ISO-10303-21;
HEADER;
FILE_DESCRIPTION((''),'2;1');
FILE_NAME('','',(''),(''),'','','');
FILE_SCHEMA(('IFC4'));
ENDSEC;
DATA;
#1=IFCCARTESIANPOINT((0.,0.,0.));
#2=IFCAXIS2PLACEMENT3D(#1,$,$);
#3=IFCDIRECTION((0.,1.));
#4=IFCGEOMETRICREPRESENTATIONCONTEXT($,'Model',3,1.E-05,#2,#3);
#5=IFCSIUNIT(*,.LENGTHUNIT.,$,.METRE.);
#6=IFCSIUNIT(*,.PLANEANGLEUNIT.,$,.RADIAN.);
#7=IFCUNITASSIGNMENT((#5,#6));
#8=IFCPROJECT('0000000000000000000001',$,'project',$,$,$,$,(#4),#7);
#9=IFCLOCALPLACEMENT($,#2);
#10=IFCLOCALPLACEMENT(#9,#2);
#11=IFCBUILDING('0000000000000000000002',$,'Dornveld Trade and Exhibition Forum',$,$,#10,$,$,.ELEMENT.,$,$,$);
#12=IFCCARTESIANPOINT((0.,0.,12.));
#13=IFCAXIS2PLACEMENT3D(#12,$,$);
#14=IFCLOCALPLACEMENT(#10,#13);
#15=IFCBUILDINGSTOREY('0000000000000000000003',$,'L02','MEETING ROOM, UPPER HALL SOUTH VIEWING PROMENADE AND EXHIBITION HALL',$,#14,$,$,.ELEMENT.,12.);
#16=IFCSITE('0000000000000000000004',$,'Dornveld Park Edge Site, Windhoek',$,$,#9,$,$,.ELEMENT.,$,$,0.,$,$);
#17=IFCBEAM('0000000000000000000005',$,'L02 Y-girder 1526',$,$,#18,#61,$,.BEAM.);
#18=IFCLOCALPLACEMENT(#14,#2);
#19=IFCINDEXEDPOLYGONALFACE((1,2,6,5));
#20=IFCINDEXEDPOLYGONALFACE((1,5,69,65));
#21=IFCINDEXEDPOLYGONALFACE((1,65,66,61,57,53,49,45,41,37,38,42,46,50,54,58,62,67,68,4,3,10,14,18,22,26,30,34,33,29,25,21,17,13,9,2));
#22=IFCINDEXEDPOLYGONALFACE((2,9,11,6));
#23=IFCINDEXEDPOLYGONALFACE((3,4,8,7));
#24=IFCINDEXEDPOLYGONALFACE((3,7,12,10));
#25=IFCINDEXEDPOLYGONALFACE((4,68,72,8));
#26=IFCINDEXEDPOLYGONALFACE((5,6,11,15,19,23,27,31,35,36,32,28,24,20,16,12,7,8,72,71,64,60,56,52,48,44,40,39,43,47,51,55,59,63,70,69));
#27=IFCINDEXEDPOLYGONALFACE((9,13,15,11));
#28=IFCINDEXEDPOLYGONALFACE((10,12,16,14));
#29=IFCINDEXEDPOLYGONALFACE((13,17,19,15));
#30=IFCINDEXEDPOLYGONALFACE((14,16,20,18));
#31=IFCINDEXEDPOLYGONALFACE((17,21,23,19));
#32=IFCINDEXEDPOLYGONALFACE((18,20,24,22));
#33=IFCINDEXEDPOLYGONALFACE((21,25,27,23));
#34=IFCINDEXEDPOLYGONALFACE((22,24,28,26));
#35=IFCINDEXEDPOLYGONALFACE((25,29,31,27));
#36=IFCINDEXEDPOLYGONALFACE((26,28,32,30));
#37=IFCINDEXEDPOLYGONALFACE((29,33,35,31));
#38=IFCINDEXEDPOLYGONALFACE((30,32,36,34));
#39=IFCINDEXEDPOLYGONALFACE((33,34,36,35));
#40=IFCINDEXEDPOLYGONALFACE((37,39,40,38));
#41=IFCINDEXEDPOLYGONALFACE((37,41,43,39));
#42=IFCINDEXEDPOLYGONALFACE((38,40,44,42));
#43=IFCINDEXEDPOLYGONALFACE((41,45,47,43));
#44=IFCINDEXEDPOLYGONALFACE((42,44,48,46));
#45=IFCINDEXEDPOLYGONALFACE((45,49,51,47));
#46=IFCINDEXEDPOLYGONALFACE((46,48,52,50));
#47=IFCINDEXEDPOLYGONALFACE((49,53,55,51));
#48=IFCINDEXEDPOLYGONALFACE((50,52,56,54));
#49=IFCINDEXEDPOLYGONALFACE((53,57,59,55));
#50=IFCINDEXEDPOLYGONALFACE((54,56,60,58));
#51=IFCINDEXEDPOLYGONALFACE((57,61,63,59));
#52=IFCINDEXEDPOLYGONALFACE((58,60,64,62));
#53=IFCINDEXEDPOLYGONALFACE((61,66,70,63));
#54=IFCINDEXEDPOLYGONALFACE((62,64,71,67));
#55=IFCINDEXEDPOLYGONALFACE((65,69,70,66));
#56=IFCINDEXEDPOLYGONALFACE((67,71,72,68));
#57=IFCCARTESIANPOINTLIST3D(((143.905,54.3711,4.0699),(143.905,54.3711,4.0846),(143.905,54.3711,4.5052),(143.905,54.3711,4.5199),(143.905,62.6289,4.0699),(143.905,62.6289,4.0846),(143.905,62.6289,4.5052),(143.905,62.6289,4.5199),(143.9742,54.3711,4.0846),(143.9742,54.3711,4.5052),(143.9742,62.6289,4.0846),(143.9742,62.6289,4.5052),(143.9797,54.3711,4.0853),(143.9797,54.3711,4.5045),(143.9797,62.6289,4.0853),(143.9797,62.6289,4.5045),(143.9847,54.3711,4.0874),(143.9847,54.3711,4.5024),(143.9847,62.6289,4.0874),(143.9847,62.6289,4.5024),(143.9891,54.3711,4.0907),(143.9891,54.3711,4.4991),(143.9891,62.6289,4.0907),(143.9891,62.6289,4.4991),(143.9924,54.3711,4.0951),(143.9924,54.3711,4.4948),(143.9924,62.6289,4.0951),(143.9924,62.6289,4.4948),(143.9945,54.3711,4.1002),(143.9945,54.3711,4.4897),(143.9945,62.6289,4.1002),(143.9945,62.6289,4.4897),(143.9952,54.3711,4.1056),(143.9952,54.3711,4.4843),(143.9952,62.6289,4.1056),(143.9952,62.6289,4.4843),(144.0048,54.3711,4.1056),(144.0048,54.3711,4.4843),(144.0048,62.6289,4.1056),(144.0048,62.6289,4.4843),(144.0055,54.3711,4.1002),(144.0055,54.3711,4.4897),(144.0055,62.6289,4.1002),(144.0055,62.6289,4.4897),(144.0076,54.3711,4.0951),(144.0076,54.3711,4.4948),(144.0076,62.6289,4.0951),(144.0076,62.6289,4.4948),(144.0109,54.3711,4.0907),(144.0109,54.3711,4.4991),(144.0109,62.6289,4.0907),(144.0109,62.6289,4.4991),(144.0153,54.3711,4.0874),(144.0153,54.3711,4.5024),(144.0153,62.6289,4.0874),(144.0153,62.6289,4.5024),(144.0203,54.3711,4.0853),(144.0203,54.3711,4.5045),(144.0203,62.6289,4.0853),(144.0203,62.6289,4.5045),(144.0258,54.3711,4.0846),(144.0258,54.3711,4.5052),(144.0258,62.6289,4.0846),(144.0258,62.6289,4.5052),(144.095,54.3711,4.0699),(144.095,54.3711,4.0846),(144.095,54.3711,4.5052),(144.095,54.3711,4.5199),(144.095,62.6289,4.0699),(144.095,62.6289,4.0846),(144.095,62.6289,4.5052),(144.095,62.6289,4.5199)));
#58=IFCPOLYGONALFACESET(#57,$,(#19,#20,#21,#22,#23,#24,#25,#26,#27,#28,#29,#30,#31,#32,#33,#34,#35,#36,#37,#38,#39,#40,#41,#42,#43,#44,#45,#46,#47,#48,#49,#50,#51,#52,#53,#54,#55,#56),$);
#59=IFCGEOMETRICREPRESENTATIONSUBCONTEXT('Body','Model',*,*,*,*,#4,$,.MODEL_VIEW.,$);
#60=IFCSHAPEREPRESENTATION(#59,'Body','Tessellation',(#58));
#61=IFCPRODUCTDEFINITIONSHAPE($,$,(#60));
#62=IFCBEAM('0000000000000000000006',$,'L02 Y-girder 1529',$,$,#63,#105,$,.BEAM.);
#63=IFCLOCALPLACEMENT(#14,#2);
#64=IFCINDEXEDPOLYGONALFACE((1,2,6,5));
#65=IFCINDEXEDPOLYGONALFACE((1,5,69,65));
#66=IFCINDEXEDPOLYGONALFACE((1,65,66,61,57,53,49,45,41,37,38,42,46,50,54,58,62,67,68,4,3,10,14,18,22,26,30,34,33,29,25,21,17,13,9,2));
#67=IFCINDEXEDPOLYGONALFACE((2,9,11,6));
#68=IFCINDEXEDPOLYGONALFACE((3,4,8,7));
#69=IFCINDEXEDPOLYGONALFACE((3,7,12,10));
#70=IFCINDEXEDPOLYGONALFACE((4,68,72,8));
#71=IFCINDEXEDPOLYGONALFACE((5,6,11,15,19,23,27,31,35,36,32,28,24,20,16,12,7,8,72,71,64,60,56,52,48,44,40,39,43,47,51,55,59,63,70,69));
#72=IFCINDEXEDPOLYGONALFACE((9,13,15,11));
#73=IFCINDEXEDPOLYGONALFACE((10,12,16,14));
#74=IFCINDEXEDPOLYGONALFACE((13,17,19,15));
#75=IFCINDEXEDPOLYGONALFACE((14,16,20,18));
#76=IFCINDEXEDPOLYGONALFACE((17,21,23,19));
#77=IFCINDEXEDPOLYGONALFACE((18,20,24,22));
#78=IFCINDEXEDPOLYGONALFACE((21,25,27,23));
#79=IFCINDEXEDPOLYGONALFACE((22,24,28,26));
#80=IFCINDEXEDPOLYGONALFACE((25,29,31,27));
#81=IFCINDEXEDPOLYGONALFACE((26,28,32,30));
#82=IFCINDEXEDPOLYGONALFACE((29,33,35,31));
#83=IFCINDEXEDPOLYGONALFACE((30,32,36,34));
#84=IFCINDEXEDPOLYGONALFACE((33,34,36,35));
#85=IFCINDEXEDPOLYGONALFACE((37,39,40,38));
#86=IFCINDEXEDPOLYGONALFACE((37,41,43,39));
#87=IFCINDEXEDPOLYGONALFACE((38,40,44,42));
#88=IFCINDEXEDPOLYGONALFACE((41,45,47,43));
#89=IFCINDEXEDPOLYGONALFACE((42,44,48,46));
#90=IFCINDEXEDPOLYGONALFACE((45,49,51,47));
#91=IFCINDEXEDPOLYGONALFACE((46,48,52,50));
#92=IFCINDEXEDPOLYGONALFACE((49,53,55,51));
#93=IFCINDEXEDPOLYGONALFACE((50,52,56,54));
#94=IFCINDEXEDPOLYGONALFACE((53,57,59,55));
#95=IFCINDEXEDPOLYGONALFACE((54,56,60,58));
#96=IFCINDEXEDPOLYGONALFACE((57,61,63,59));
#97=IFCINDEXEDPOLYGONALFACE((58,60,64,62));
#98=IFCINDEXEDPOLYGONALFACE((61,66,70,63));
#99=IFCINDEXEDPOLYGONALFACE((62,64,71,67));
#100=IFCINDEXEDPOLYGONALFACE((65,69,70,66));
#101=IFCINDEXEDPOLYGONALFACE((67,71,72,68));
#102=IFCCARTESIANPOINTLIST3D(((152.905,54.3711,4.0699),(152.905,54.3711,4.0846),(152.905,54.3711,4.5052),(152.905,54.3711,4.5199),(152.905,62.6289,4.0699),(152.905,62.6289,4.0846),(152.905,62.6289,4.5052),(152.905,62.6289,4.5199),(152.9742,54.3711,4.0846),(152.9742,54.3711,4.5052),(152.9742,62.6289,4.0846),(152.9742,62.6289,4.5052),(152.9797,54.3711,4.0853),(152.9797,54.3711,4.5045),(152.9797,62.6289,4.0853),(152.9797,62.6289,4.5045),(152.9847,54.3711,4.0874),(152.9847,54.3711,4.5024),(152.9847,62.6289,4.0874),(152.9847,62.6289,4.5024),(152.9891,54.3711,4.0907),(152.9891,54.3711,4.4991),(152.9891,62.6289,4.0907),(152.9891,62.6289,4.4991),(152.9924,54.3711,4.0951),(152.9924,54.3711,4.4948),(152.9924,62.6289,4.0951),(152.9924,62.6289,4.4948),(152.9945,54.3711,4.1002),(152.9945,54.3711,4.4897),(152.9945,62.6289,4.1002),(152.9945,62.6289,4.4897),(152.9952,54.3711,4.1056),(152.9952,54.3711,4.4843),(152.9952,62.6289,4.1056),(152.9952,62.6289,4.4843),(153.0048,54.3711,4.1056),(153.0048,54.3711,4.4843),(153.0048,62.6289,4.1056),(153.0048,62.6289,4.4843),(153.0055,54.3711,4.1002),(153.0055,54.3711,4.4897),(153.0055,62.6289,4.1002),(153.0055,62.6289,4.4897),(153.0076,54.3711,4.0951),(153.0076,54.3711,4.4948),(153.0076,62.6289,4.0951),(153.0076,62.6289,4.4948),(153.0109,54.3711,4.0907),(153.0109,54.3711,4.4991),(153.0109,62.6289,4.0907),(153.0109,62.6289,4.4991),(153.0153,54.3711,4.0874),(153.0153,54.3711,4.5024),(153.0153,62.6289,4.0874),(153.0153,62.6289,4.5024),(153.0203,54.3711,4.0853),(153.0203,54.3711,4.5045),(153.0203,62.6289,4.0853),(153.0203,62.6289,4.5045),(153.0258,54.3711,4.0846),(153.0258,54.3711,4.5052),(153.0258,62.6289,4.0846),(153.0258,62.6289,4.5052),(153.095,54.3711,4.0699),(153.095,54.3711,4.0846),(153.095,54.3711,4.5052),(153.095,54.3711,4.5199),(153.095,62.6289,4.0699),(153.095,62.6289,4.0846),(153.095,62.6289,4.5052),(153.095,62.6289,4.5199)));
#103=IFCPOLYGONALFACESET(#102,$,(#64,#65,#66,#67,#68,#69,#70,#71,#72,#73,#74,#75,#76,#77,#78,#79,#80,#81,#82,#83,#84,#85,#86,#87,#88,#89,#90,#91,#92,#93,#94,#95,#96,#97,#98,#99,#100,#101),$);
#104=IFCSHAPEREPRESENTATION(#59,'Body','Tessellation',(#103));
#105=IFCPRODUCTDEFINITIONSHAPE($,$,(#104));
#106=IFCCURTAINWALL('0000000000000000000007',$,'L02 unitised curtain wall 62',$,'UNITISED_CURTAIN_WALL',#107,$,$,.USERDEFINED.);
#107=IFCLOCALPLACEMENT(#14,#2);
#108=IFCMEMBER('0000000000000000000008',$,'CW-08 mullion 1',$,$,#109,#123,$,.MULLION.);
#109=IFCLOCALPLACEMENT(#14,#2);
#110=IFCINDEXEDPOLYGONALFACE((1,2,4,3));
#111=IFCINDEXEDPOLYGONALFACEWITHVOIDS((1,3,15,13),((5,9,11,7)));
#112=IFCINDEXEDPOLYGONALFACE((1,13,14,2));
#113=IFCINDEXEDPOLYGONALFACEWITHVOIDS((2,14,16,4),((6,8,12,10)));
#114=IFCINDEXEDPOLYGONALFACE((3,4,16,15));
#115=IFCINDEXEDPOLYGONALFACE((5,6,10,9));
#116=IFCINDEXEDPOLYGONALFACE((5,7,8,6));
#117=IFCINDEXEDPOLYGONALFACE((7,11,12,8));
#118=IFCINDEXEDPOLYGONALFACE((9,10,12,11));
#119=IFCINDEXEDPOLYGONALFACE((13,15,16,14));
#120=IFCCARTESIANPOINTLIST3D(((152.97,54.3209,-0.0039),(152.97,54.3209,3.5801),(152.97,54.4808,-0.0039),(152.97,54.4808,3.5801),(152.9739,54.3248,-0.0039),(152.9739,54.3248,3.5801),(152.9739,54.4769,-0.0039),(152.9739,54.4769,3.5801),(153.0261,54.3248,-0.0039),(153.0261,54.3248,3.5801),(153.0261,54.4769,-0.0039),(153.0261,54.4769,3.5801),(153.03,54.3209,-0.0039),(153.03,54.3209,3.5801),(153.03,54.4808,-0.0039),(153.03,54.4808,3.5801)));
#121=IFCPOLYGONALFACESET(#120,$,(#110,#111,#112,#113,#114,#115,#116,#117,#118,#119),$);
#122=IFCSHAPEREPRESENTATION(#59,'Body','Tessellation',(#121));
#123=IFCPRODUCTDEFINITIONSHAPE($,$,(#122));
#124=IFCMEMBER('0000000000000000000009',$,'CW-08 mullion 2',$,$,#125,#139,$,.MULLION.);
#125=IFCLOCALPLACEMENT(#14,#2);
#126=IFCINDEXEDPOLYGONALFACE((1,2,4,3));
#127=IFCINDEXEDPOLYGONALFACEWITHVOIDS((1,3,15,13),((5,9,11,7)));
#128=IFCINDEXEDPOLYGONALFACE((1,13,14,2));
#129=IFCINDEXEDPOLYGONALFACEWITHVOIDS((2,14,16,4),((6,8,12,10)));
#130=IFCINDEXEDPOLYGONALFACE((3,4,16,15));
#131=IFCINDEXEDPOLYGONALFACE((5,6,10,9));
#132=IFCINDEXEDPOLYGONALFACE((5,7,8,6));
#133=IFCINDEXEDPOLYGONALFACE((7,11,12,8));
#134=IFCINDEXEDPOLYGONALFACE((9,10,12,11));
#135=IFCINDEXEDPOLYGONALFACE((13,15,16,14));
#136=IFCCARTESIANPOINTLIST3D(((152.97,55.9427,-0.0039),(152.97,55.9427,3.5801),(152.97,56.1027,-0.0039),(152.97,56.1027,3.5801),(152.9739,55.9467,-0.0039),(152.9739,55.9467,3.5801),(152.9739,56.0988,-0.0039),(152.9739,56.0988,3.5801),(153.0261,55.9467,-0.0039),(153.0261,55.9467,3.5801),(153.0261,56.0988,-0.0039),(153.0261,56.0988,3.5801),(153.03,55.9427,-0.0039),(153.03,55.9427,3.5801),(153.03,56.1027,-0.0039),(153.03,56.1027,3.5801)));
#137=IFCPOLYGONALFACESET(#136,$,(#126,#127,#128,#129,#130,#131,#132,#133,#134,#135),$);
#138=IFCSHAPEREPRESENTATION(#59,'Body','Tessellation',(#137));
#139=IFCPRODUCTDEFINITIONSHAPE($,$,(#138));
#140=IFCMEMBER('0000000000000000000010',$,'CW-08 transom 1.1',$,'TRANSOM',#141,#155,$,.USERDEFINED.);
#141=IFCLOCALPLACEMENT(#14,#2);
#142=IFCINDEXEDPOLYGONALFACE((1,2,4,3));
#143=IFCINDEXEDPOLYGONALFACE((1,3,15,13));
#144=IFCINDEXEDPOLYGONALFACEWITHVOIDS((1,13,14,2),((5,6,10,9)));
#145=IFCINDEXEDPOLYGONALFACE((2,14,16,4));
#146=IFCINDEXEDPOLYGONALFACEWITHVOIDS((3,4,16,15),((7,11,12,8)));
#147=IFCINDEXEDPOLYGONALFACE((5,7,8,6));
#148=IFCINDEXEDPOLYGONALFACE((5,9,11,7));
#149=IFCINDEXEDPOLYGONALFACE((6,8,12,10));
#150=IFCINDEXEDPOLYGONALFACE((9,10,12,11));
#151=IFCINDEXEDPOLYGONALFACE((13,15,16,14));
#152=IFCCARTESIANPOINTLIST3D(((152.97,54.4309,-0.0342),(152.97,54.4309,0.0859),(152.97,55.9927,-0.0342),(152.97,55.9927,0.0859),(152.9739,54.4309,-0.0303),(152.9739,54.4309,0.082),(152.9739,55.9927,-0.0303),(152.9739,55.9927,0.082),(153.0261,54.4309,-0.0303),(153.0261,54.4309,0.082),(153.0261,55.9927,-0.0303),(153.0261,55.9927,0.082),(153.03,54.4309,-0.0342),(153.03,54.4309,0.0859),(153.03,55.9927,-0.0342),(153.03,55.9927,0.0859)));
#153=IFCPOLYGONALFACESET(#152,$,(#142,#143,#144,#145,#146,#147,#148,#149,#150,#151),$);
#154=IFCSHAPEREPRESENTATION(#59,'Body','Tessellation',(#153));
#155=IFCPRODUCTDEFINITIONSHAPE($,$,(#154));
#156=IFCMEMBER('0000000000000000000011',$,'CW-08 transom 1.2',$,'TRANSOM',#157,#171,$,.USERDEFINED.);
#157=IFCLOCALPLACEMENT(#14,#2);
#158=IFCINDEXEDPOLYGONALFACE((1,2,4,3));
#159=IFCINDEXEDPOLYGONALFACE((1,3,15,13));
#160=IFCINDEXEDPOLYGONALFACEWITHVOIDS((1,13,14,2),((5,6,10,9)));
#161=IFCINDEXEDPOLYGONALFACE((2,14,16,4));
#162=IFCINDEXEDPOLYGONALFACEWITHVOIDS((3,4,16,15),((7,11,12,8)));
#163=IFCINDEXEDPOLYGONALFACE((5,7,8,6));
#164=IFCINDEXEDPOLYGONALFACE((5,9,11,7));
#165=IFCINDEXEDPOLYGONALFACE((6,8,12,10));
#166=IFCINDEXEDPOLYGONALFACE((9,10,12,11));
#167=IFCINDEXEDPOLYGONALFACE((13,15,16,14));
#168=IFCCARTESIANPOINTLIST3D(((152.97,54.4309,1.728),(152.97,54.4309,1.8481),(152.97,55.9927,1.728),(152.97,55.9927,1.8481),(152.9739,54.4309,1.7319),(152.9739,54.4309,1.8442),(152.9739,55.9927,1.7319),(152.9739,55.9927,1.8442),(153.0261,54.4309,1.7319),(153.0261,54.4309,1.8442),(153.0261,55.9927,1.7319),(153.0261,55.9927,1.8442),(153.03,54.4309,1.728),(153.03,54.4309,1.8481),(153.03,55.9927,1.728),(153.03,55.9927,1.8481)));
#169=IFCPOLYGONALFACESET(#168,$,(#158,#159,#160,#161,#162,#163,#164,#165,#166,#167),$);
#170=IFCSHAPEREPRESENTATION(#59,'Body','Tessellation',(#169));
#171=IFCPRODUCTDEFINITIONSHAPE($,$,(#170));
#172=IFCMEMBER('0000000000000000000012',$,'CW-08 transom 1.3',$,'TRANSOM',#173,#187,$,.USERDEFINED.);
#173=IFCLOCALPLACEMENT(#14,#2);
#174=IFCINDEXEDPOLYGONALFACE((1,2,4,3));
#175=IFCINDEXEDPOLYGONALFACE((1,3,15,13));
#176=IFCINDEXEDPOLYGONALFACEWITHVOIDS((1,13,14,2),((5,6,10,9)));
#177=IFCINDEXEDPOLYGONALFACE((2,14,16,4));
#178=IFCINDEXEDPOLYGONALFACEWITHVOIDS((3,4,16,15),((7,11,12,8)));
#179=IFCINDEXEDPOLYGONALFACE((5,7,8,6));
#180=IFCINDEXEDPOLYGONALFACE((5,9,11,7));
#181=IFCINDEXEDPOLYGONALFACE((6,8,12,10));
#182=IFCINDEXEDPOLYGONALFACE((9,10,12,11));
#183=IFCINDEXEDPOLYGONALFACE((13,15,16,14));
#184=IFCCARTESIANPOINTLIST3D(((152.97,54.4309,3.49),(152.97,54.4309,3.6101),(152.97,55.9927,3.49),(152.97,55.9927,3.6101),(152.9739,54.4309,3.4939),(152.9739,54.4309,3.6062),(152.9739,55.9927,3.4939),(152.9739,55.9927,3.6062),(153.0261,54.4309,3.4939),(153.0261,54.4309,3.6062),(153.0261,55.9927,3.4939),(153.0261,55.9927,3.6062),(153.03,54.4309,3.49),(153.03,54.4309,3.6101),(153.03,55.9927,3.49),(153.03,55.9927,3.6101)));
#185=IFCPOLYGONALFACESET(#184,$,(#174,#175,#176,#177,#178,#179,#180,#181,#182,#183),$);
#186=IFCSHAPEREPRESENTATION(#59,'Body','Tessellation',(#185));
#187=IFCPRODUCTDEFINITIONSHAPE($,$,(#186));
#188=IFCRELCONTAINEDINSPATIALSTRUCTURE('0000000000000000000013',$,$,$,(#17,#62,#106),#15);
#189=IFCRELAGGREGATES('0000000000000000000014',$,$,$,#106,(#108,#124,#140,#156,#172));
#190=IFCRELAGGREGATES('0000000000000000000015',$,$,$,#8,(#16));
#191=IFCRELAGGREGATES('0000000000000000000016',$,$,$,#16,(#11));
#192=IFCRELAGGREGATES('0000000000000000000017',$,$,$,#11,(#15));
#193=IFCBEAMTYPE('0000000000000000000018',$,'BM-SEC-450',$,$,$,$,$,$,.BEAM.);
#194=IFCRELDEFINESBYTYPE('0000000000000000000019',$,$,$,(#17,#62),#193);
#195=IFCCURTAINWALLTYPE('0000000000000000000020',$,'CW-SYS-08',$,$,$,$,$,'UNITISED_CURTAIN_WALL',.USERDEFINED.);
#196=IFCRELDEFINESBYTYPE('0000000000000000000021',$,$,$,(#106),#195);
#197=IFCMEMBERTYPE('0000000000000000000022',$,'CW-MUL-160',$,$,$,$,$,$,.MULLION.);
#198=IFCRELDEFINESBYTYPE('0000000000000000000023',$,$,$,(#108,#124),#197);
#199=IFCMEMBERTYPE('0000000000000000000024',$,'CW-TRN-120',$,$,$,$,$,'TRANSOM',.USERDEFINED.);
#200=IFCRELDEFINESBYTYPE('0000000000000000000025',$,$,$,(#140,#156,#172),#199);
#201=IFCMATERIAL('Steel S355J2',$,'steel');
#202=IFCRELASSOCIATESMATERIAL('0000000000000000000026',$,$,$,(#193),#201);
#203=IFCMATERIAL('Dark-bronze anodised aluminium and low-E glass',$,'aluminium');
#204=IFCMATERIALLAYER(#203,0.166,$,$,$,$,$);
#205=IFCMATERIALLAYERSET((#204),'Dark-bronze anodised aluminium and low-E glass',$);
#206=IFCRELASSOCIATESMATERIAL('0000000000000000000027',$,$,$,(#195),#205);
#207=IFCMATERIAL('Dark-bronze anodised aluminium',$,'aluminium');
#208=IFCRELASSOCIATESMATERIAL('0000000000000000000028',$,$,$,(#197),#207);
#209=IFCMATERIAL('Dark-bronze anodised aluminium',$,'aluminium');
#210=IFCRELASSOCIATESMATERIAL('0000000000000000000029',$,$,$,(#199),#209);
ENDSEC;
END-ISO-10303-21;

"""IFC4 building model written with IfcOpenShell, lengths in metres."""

from ifc_helpers import new_model, si_unit, direction, frame, origin, origin_2d, place, context, subcontext, project, spatial, hollow_rectangle, i_section, extrude, material, layer, layer_set, material_profile, profile_set, type_object, element, aggregate, save


model = new_model("IFC4")

# Units and contexts
model_context = context("Model", 3, precision=1e-05, world=origin(), true_north=direction((0.0, 1.0)))
body_context = subcontext(model_context, "Body", "Model", "MODEL_VIEW")
ifc_project = project(units=[si_unit("LENGTHUNIT", "METRE"), si_unit("PLANEANGLEUNIT", "RADIAN")], contexts=[model_context])

# Site, building, storey
site_placement = place(None, origin())
site = spatial("IfcSite", under=ifc_project, at=site_placement, Name="Dornveld Park Edge Site, Windhoek", CompositionType="ELEMENT", RefElevation=0.0)
building_placement = place(site_placement, origin())
building = spatial("IfcBuilding", under=site, at=building_placement, Name="Dornveld Trade and Exhibition Forum", CompositionType="ELEMENT")
storey_placement = place(building_placement, frame((0.0, 0.0, 12.0)))
storey = spatial("IfcBuildingStorey", under=building, at=storey_placement, Name="L02", Description="MEETING ROOM, UPPER HALL SOUTH VIEWING PROMENADE AND EXHIBITION HALL", CompositionType="ELEMENT", Elevation=12.0)

# Beams
ifc_material_1 = material(Name="Steel S355J2", Category="steel")
ifc_material_profile_1 = material_profile(ifc_material_1, i_section(OverallWidth=0.1899, OverallDepth=0.45, WebThickness=0.0095, FlangeThickness=0.0146, FilletRadius=0.021, at=origin_2d()), Name="IPE 450")
ifc_profile_set_1 = profile_set([ifc_material_profile_1], Name="Steel S355J2")
beam_type_1 = type_object("IfcBeamType", Name="BM-SEC-450", PredefinedType="BEAM", material=ifc_profile_set_1)
for number, where, z_axis, x_axis, name in (
    (1, (144.0, 54.3711, 4.2949), (0.0, 1.0, 0.0), (-1.0, 0.0, 0.0), "L02 Y-girder 1526"),
    (2, (153.0, 54.3711, 4.2949), (0.0, 1.0, 0.0), (-1.0, 0.0, 0.0), "L02 Y-girder 1529"),
):
    element("IfcBeam", number, at=place(storey_placement, frame(where, z_axis=z_axis, x_axis=x_axis)), inside=storey, type_object=beam_type_1, Name=name, PredefinedType="BEAM", context=body_context, shape_type="SweptSolid", body=[
        extrude(i_section(OverallWidth=0.1899, OverallDepth=0.45, WebThickness=0.0095, FlangeThickness=0.0146, FilletRadius=0.021, at=origin_2d()), origin(), (0.0, 0.0, 1.0), 8.2578),
    ])

# Curtain wall, members
ifc_material_2 = material(Name="Dark-bronze anodised aluminium and low-E glass", Category="aluminium")
ifc_layer_1 = layer(ifc_material_2, 0.166)
ifc_layer_set_1 = layer_set([ifc_layer_1], Name="Dark-bronze anodised aluminium and low-E glass")
curtain_wall_type = type_object("IfcCurtainWallType", Name="CW-SYS-08", ElementType="UNITISED_CURTAIN_WALL", PredefinedType="USERDEFINED", material=ifc_layer_set_1)
curtain_wall_placement = place(storey_placement, origin())
curtain_wall = element("IfcCurtainWall", 3, at=curtain_wall_placement, inside=storey, type_object=curtain_wall_type, Name="L02 unitised curtain wall 62", ObjectType="UNITISED_CURTAIN_WALL", PredefinedType="USERDEFINED")
ifc_material_3 = material(Name="Dark-bronze anodised aluminium", Category="aluminium")
ifc_material_profile_2 = material_profile(ifc_material_3, hollow_rectangle(XDim=0.0601, YDim=0.1599, WallThickness=0.0039, at=origin_2d()), Name="RHS 160x60x4")
ifc_profile_set_2 = profile_set([ifc_material_profile_2], Name="Dark-bronze anodised aluminium")
member_type_1 = type_object("IfcMemberType", Name="CW-MUL-160", PredefinedType="MULLION", material=ifc_profile_set_2)
member_1_placement = place(storey_placement, frame((153.0, 54.4009, -0.0039), z_axis=(0.0, 0.0, 1.0), x_axis=(-1.0, 0.0, 0.0)))
member_1 = element("IfcMember", 4, at=member_1_placement, type_object=member_type_1, Name="CW-08 mullion 1", PredefinedType="MULLION", context=body_context, shape_type="SweptSolid", body=[
    extrude(hollow_rectangle(XDim=0.0601, YDim=0.1599, WallThickness=0.0039, at=origin_2d()), origin(), (0.0, 0.0, 1.0), 3.584),
])
member_2_placement = place(storey_placement, frame((153.0, 56.0227, -0.0039), z_axis=(0.0, 0.0, 1.0), x_axis=(-1.0, 0.0, 0.0)))
member_2 = element("IfcMember", 5, at=member_2_placement, type_object=member_type_1, Name="CW-08 mullion 2", PredefinedType="MULLION", context=body_context, shape_type="SweptSolid", body=[
    extrude(hollow_rectangle(XDim=0.0601, YDim=0.1599, WallThickness=0.0039, at=origin_2d()), origin(), (0.0, 0.0, 1.0), 3.584),
])
ifc_material_4 = material(Name="Dark-bronze anodised aluminium", Category="aluminium")
ifc_material_profile_3 = material_profile(ifc_material_4, hollow_rectangle(XDim=0.0601, YDim=0.1201, WallThickness=0.0039, at=origin_2d()), Name="RHS 120x60x4")
ifc_profile_set_3 = profile_set([ifc_material_profile_3], Name="Dark-bronze anodised aluminium")
member_type_2 = type_object("IfcMemberType", Name="CW-TRN-120", ElementType="TRANSOM", PredefinedType="USERDEFINED", material=ifc_profile_set_3)
member_3_placement = place(storey_placement, frame((153.0, 54.4309, 0.0259), z_axis=(0.0, 1.0, 0.0), x_axis=(-1.0, 0.0, 0.0)))
member_3 = element("IfcMember", 6, at=member_3_placement, type_object=member_type_2, Name="CW-08 transom 1.1", ObjectType="TRANSOM", PredefinedType="USERDEFINED", context=body_context, shape_type="SweptSolid", body=[
    extrude(hollow_rectangle(XDim=0.0601, YDim=0.1201, WallThickness=0.0039, at=origin_2d()), origin(), (0.0, 0.0, 1.0), 1.5618),
])
member_4_placement = place(storey_placement, frame((153.0, 54.4309, 1.7881), z_axis=(0.0, 1.0, 0.0), x_axis=(-1.0, 0.0, 0.0)))
member_4 = element("IfcMember", 7, at=member_4_placement, type_object=member_type_2, Name="CW-08 transom 1.2", ObjectType="TRANSOM", PredefinedType="USERDEFINED", context=body_context, shape_type="SweptSolid", body=[
    extrude(hollow_rectangle(XDim=0.0601, YDim=0.1201, WallThickness=0.0039, at=origin_2d()), origin(), (0.0, 0.0, 1.0), 1.5618),
])
member_5_placement = place(storey_placement, frame((153.0, 54.4309, 3.55), z_axis=(0.0, 1.0, 0.0), x_axis=(-1.0, 0.0, 0.0)))
member_5 = element("IfcMember", 8, at=member_5_placement, type_object=member_type_2, Name="CW-08 transom 1.3", ObjectType="TRANSOM", PredefinedType="USERDEFINED", context=body_context, shape_type="SweptSolid", body=[
    extrude(hollow_rectangle(XDim=0.0601, YDim=0.1201, WallThickness=0.0039, at=origin_2d()), origin(), (0.0, 0.0, 1.0), 1.5618),
])
aggregate(curtain_wall, [member_1, member_2, member_3, member_4, member_5])

save(model, "model.ifc")
